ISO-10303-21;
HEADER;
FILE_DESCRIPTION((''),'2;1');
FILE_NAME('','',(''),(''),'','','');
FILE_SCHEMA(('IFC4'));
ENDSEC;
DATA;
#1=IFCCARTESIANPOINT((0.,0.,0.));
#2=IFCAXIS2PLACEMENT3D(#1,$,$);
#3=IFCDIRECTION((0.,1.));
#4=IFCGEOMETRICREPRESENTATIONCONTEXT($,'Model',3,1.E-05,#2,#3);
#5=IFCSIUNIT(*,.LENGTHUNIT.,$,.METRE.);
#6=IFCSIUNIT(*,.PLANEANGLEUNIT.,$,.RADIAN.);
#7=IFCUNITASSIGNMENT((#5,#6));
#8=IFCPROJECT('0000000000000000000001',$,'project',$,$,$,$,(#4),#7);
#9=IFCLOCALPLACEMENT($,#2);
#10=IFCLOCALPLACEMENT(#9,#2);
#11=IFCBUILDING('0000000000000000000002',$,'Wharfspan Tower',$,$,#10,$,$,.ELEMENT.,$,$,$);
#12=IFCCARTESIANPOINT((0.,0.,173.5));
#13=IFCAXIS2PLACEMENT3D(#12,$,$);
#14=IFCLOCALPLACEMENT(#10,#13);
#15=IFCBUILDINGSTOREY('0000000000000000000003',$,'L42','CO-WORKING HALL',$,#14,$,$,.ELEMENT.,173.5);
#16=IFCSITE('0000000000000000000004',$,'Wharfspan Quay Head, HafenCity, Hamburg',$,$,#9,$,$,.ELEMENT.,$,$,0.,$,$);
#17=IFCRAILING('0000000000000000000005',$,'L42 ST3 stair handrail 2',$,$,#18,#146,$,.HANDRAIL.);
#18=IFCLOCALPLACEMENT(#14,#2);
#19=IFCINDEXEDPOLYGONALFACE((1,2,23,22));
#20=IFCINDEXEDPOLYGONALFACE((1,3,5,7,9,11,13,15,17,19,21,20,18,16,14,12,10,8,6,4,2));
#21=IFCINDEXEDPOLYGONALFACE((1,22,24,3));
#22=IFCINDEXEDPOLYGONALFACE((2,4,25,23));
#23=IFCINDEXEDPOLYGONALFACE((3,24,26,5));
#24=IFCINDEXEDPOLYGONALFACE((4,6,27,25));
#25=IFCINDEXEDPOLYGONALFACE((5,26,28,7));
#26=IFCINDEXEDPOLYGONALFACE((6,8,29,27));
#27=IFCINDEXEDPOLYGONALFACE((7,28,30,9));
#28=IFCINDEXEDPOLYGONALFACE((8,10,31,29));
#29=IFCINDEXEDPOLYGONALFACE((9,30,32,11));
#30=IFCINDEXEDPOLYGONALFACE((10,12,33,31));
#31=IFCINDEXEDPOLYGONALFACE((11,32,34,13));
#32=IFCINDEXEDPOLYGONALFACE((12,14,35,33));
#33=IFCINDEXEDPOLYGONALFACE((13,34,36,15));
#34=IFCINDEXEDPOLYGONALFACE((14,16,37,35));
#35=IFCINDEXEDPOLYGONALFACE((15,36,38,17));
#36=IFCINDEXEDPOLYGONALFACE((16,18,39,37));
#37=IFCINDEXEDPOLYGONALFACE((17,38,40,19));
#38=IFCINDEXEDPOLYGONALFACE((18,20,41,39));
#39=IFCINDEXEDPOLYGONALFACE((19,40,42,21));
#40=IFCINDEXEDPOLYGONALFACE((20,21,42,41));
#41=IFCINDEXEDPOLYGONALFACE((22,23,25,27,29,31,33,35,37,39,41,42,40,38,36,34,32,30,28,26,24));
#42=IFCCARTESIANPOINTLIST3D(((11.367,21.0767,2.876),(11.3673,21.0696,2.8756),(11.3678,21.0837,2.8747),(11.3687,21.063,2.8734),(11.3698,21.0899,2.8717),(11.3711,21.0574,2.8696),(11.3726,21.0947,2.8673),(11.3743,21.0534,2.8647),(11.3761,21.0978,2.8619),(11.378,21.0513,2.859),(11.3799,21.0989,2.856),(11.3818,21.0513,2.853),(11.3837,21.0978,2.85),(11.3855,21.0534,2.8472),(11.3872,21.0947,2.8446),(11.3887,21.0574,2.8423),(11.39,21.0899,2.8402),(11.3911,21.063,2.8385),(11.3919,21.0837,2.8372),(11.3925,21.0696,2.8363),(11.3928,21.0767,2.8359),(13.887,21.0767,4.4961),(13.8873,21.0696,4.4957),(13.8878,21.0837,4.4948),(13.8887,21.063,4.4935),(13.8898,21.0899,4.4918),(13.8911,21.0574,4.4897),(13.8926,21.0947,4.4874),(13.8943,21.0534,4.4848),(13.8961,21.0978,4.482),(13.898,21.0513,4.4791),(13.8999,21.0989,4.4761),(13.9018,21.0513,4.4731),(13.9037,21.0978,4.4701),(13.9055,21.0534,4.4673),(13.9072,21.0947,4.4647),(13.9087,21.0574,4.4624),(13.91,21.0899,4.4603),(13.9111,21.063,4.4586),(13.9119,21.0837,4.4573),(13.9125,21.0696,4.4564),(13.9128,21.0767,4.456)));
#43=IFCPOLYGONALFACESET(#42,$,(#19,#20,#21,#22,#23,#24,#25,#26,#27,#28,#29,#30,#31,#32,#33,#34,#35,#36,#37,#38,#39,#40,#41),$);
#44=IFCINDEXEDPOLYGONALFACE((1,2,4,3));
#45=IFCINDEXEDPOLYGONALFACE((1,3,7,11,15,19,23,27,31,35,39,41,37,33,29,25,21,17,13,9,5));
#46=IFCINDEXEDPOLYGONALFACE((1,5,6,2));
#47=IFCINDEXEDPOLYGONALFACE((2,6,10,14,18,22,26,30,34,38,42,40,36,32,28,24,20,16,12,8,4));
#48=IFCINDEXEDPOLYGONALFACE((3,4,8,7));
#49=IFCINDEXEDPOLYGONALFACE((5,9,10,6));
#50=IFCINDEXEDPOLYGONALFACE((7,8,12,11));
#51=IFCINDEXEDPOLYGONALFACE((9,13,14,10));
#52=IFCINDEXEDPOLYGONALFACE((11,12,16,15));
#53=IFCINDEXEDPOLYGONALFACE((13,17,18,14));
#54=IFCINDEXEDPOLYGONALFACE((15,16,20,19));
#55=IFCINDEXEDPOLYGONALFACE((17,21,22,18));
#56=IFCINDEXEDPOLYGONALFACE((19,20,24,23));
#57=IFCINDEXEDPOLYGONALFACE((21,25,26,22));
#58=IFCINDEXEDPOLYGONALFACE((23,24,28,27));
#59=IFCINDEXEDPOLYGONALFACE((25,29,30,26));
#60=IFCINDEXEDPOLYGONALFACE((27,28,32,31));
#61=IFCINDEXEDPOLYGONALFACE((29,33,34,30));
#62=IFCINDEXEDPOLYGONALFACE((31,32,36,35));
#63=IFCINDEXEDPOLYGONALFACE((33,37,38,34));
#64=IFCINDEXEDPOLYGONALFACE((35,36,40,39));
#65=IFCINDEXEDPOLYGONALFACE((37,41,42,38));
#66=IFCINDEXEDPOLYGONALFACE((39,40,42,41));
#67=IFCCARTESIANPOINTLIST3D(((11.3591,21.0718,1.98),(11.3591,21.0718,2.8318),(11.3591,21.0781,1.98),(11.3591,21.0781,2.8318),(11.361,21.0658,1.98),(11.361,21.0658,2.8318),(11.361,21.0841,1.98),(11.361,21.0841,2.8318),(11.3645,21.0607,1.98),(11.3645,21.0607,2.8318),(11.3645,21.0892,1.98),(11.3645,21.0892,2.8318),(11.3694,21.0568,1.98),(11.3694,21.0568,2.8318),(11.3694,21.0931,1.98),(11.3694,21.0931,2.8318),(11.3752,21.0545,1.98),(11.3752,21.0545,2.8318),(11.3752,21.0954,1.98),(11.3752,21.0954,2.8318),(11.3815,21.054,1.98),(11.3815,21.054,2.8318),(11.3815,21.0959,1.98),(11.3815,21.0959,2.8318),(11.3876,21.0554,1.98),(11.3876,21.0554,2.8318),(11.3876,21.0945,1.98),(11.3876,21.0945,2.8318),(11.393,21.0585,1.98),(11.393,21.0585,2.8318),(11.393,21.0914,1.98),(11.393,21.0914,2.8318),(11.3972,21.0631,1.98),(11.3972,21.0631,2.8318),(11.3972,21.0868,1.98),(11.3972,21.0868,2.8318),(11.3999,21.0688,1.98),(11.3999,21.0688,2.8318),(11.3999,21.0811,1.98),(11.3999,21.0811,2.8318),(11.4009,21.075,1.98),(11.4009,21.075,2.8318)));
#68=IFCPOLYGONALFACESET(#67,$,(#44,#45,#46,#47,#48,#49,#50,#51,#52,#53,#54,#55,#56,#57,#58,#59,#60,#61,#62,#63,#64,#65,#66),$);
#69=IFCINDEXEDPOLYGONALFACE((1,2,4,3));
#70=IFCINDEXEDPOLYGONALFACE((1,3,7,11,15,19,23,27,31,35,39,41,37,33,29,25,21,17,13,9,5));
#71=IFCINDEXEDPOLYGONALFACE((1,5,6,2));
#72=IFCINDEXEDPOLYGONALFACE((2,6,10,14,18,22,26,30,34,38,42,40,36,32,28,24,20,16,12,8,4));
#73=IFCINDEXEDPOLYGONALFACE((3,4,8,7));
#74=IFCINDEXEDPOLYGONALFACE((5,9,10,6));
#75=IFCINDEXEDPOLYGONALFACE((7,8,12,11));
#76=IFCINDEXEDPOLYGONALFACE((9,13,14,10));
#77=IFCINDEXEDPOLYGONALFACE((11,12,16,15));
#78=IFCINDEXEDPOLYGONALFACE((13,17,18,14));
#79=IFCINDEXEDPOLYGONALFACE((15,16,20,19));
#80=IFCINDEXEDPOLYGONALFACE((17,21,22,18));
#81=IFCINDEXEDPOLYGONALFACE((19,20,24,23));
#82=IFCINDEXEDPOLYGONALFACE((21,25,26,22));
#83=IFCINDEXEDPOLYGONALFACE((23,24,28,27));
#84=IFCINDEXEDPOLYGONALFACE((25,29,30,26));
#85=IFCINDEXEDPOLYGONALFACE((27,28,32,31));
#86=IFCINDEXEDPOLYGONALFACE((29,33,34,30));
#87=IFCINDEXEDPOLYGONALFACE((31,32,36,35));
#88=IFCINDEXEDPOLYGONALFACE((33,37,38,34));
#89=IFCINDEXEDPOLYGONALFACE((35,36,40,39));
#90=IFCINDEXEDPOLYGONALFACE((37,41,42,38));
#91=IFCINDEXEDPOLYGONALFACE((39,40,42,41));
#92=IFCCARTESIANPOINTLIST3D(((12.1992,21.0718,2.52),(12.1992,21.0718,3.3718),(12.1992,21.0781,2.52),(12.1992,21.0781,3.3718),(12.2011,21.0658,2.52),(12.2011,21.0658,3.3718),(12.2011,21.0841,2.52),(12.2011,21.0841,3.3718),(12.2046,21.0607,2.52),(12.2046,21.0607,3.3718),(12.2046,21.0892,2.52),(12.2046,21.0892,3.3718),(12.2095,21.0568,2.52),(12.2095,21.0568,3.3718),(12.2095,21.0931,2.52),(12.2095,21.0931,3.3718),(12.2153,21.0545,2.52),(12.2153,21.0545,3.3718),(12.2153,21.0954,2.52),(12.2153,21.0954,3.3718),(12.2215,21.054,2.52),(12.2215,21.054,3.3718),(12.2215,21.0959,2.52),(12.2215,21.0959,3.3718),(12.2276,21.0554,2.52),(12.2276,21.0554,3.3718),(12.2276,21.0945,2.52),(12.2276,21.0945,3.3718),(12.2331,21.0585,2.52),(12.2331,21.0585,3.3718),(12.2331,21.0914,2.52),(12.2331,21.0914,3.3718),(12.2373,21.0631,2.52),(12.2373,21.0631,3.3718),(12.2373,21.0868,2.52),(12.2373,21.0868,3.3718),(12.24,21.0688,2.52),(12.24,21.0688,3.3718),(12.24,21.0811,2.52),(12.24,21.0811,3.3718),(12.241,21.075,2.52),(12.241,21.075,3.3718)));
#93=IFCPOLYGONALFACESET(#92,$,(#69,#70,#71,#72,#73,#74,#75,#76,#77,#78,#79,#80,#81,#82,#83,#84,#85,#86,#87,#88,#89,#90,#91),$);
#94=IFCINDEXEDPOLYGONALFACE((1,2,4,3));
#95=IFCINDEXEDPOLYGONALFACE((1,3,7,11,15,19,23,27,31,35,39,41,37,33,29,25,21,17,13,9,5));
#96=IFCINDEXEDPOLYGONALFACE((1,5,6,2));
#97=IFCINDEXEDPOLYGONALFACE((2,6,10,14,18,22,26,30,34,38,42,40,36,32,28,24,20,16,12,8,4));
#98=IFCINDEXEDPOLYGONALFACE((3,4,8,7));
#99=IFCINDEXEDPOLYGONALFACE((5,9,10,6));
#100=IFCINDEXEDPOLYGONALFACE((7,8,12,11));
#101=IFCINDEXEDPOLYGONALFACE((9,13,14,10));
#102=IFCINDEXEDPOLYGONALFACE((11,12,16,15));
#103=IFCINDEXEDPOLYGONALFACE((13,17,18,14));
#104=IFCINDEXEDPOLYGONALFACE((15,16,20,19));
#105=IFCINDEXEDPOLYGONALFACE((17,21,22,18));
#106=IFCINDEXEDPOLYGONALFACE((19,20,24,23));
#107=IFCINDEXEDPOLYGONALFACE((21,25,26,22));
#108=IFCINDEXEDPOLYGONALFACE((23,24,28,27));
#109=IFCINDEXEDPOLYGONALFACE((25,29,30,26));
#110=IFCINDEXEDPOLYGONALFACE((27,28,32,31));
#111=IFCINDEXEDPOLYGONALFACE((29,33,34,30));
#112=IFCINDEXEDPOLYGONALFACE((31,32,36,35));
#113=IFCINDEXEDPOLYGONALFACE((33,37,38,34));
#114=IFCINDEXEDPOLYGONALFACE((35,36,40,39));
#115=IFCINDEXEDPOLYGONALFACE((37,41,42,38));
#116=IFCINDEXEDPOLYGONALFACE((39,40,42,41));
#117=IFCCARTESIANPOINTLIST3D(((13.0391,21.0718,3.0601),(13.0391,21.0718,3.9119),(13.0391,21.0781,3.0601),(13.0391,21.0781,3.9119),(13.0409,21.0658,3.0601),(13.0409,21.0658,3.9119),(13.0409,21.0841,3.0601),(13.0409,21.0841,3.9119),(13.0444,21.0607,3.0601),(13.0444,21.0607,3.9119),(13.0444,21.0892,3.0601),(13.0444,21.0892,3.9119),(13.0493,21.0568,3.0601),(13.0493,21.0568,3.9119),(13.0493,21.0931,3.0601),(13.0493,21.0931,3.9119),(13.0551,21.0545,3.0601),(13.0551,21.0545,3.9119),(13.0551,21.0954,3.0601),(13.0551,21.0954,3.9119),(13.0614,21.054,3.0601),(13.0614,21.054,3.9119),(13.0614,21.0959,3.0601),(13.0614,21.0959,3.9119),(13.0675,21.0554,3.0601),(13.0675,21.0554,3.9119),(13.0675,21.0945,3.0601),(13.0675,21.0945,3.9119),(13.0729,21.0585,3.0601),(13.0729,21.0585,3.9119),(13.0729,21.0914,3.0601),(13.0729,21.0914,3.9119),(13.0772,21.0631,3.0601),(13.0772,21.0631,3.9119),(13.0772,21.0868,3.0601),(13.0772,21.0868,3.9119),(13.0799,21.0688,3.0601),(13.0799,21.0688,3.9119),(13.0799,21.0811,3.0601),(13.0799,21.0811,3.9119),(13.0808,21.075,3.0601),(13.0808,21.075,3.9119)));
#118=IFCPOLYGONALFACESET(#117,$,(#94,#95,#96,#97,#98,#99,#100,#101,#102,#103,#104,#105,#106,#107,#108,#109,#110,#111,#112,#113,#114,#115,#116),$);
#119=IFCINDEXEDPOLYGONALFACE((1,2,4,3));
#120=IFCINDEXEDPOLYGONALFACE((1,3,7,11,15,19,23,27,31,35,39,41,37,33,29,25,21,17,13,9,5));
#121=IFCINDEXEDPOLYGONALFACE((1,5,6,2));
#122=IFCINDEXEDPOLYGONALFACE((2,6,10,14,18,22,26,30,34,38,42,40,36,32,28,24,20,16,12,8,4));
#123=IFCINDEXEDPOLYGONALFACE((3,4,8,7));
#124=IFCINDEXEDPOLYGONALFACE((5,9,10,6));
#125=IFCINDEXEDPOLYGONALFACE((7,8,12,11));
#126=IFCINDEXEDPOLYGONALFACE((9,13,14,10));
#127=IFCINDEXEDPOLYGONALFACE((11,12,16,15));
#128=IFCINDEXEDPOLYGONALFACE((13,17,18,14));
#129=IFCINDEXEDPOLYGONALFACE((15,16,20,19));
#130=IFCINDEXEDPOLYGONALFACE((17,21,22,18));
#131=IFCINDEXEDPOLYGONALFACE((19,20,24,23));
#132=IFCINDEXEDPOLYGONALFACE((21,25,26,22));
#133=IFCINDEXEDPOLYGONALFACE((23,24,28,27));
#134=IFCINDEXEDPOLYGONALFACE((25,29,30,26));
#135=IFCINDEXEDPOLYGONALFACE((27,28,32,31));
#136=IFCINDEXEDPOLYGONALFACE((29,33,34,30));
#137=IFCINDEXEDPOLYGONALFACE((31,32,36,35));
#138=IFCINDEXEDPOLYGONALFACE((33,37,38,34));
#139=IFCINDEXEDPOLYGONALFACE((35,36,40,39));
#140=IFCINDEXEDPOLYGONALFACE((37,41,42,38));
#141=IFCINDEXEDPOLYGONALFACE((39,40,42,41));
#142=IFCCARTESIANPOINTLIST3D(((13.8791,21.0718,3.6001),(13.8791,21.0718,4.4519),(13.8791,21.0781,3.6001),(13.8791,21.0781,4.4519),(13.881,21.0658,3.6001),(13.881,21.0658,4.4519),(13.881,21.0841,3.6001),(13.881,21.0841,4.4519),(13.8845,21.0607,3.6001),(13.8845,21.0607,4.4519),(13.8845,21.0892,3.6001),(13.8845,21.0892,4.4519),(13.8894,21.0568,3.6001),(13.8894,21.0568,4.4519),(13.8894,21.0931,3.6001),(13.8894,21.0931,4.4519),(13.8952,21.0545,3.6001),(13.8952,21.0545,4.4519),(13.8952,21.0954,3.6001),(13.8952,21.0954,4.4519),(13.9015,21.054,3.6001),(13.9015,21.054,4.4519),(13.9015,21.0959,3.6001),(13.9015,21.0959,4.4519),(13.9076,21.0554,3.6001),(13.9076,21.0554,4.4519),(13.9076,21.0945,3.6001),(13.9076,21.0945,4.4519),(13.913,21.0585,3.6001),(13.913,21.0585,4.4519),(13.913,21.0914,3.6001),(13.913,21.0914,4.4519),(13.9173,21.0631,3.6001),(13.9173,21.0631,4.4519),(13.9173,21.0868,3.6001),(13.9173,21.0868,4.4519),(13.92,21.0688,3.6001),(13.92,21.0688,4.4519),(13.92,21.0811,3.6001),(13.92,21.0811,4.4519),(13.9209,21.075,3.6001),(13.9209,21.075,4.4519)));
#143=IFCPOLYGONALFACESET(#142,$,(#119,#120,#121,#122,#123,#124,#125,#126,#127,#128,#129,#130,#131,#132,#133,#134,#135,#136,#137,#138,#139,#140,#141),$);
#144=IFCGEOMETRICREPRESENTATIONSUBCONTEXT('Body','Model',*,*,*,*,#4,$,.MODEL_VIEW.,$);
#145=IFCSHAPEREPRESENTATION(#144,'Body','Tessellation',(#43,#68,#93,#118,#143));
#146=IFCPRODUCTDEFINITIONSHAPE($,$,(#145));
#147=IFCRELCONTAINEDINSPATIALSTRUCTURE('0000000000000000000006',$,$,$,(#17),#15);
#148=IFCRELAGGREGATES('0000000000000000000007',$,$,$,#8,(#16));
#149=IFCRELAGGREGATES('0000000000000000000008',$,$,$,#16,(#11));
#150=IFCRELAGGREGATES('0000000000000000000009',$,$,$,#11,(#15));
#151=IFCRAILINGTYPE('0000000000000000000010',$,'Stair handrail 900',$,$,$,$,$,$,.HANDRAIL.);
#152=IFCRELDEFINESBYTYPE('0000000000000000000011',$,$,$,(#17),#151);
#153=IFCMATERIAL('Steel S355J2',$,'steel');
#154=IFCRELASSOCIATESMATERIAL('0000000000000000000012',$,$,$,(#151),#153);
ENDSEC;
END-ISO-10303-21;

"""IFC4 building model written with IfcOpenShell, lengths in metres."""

from ifc_helpers import new_model, si_unit, direction, frame, origin, origin_2d, place, context, subcontext, project, spatial, circle, extrude, material, type_object, element, save


model = new_model("IFC4")

# Units and contexts
model_context = context("Model", 3, precision=1e-05, world=origin(), true_north=direction((0.0, 1.0)))
body_context = subcontext(model_context, "Body", "Model", "MODEL_VIEW")
ifc_project = project(units=[si_unit("LENGTHUNIT", "METRE"), si_unit("PLANEANGLEUNIT", "RADIAN")], contexts=[model_context])

# Site, building, storey
site_placement = place(None, origin())
site = spatial("IfcSite", under=ifc_project, at=site_placement, Name="Wharfspan Quay Head, HafenCity, Hamburg", CompositionType="ELEMENT", RefElevation=0.0)
building_placement = place(site_placement, origin())
building = spatial("IfcBuilding", under=site, at=building_placement, Name="Wharfspan Tower", CompositionType="ELEMENT")
storey_placement = place(building_placement, frame((0.0, 0.0, 173.5)))
storey = spatial("IfcBuildingStorey", under=building, at=storey_placement, Name="L42", Description="CO-WORKING HALL", CompositionType="ELEMENT", Elevation=173.5)

# Railing
ifc_material_1 = material(Name="Steel S355J2", Category="steel")
railing_type_1 = type_object("IfcRailingType", Name="Stair handrail 900", PredefinedType="HANDRAIL", material=ifc_material_1)
railing_1_placement = place(storey_placement, frame((11.3799, 21.075, 1.98)))
element("IfcRailing", 1, at=railing_1_placement, inside=storey, type_object=railing_type_1, Name="L42 ST3 stair handrail 2", PredefinedType="HANDRAIL", context=body_context, shape_type="SweptSolid", body=[
    extrude(circle(Radius=0.0239, at=origin_2d()), frame((0.0, 0.0, 0.876), z_axis=(0.841163, 0.0, 0.540782), x_axis=(0.0, 1.0, 0.0)), (0.0, 0.0, 1.0), 2.9958),
    extrude(circle(Radius=0.021, at=origin_2d()), origin(), (0.0, 0.0, 1.0), 0.8518),
    extrude(circle(Radius=0.021, at=origin_2d()), frame((0.8401, 0.0, 0.54)), (0.0, 0.0, 1.0), 0.8518),
    extrude(circle(Radius=0.021, at=origin_2d()), frame((1.6799, 0.0, 1.0801)), (0.0, 0.0, 1.0), 0.8518),
    extrude(circle(Radius=0.021, at=origin_2d()), frame((2.52, 0.0, 1.6201)), (0.0, 0.0, 1.0), 0.8518),
])

save(model, "model.ifc")
